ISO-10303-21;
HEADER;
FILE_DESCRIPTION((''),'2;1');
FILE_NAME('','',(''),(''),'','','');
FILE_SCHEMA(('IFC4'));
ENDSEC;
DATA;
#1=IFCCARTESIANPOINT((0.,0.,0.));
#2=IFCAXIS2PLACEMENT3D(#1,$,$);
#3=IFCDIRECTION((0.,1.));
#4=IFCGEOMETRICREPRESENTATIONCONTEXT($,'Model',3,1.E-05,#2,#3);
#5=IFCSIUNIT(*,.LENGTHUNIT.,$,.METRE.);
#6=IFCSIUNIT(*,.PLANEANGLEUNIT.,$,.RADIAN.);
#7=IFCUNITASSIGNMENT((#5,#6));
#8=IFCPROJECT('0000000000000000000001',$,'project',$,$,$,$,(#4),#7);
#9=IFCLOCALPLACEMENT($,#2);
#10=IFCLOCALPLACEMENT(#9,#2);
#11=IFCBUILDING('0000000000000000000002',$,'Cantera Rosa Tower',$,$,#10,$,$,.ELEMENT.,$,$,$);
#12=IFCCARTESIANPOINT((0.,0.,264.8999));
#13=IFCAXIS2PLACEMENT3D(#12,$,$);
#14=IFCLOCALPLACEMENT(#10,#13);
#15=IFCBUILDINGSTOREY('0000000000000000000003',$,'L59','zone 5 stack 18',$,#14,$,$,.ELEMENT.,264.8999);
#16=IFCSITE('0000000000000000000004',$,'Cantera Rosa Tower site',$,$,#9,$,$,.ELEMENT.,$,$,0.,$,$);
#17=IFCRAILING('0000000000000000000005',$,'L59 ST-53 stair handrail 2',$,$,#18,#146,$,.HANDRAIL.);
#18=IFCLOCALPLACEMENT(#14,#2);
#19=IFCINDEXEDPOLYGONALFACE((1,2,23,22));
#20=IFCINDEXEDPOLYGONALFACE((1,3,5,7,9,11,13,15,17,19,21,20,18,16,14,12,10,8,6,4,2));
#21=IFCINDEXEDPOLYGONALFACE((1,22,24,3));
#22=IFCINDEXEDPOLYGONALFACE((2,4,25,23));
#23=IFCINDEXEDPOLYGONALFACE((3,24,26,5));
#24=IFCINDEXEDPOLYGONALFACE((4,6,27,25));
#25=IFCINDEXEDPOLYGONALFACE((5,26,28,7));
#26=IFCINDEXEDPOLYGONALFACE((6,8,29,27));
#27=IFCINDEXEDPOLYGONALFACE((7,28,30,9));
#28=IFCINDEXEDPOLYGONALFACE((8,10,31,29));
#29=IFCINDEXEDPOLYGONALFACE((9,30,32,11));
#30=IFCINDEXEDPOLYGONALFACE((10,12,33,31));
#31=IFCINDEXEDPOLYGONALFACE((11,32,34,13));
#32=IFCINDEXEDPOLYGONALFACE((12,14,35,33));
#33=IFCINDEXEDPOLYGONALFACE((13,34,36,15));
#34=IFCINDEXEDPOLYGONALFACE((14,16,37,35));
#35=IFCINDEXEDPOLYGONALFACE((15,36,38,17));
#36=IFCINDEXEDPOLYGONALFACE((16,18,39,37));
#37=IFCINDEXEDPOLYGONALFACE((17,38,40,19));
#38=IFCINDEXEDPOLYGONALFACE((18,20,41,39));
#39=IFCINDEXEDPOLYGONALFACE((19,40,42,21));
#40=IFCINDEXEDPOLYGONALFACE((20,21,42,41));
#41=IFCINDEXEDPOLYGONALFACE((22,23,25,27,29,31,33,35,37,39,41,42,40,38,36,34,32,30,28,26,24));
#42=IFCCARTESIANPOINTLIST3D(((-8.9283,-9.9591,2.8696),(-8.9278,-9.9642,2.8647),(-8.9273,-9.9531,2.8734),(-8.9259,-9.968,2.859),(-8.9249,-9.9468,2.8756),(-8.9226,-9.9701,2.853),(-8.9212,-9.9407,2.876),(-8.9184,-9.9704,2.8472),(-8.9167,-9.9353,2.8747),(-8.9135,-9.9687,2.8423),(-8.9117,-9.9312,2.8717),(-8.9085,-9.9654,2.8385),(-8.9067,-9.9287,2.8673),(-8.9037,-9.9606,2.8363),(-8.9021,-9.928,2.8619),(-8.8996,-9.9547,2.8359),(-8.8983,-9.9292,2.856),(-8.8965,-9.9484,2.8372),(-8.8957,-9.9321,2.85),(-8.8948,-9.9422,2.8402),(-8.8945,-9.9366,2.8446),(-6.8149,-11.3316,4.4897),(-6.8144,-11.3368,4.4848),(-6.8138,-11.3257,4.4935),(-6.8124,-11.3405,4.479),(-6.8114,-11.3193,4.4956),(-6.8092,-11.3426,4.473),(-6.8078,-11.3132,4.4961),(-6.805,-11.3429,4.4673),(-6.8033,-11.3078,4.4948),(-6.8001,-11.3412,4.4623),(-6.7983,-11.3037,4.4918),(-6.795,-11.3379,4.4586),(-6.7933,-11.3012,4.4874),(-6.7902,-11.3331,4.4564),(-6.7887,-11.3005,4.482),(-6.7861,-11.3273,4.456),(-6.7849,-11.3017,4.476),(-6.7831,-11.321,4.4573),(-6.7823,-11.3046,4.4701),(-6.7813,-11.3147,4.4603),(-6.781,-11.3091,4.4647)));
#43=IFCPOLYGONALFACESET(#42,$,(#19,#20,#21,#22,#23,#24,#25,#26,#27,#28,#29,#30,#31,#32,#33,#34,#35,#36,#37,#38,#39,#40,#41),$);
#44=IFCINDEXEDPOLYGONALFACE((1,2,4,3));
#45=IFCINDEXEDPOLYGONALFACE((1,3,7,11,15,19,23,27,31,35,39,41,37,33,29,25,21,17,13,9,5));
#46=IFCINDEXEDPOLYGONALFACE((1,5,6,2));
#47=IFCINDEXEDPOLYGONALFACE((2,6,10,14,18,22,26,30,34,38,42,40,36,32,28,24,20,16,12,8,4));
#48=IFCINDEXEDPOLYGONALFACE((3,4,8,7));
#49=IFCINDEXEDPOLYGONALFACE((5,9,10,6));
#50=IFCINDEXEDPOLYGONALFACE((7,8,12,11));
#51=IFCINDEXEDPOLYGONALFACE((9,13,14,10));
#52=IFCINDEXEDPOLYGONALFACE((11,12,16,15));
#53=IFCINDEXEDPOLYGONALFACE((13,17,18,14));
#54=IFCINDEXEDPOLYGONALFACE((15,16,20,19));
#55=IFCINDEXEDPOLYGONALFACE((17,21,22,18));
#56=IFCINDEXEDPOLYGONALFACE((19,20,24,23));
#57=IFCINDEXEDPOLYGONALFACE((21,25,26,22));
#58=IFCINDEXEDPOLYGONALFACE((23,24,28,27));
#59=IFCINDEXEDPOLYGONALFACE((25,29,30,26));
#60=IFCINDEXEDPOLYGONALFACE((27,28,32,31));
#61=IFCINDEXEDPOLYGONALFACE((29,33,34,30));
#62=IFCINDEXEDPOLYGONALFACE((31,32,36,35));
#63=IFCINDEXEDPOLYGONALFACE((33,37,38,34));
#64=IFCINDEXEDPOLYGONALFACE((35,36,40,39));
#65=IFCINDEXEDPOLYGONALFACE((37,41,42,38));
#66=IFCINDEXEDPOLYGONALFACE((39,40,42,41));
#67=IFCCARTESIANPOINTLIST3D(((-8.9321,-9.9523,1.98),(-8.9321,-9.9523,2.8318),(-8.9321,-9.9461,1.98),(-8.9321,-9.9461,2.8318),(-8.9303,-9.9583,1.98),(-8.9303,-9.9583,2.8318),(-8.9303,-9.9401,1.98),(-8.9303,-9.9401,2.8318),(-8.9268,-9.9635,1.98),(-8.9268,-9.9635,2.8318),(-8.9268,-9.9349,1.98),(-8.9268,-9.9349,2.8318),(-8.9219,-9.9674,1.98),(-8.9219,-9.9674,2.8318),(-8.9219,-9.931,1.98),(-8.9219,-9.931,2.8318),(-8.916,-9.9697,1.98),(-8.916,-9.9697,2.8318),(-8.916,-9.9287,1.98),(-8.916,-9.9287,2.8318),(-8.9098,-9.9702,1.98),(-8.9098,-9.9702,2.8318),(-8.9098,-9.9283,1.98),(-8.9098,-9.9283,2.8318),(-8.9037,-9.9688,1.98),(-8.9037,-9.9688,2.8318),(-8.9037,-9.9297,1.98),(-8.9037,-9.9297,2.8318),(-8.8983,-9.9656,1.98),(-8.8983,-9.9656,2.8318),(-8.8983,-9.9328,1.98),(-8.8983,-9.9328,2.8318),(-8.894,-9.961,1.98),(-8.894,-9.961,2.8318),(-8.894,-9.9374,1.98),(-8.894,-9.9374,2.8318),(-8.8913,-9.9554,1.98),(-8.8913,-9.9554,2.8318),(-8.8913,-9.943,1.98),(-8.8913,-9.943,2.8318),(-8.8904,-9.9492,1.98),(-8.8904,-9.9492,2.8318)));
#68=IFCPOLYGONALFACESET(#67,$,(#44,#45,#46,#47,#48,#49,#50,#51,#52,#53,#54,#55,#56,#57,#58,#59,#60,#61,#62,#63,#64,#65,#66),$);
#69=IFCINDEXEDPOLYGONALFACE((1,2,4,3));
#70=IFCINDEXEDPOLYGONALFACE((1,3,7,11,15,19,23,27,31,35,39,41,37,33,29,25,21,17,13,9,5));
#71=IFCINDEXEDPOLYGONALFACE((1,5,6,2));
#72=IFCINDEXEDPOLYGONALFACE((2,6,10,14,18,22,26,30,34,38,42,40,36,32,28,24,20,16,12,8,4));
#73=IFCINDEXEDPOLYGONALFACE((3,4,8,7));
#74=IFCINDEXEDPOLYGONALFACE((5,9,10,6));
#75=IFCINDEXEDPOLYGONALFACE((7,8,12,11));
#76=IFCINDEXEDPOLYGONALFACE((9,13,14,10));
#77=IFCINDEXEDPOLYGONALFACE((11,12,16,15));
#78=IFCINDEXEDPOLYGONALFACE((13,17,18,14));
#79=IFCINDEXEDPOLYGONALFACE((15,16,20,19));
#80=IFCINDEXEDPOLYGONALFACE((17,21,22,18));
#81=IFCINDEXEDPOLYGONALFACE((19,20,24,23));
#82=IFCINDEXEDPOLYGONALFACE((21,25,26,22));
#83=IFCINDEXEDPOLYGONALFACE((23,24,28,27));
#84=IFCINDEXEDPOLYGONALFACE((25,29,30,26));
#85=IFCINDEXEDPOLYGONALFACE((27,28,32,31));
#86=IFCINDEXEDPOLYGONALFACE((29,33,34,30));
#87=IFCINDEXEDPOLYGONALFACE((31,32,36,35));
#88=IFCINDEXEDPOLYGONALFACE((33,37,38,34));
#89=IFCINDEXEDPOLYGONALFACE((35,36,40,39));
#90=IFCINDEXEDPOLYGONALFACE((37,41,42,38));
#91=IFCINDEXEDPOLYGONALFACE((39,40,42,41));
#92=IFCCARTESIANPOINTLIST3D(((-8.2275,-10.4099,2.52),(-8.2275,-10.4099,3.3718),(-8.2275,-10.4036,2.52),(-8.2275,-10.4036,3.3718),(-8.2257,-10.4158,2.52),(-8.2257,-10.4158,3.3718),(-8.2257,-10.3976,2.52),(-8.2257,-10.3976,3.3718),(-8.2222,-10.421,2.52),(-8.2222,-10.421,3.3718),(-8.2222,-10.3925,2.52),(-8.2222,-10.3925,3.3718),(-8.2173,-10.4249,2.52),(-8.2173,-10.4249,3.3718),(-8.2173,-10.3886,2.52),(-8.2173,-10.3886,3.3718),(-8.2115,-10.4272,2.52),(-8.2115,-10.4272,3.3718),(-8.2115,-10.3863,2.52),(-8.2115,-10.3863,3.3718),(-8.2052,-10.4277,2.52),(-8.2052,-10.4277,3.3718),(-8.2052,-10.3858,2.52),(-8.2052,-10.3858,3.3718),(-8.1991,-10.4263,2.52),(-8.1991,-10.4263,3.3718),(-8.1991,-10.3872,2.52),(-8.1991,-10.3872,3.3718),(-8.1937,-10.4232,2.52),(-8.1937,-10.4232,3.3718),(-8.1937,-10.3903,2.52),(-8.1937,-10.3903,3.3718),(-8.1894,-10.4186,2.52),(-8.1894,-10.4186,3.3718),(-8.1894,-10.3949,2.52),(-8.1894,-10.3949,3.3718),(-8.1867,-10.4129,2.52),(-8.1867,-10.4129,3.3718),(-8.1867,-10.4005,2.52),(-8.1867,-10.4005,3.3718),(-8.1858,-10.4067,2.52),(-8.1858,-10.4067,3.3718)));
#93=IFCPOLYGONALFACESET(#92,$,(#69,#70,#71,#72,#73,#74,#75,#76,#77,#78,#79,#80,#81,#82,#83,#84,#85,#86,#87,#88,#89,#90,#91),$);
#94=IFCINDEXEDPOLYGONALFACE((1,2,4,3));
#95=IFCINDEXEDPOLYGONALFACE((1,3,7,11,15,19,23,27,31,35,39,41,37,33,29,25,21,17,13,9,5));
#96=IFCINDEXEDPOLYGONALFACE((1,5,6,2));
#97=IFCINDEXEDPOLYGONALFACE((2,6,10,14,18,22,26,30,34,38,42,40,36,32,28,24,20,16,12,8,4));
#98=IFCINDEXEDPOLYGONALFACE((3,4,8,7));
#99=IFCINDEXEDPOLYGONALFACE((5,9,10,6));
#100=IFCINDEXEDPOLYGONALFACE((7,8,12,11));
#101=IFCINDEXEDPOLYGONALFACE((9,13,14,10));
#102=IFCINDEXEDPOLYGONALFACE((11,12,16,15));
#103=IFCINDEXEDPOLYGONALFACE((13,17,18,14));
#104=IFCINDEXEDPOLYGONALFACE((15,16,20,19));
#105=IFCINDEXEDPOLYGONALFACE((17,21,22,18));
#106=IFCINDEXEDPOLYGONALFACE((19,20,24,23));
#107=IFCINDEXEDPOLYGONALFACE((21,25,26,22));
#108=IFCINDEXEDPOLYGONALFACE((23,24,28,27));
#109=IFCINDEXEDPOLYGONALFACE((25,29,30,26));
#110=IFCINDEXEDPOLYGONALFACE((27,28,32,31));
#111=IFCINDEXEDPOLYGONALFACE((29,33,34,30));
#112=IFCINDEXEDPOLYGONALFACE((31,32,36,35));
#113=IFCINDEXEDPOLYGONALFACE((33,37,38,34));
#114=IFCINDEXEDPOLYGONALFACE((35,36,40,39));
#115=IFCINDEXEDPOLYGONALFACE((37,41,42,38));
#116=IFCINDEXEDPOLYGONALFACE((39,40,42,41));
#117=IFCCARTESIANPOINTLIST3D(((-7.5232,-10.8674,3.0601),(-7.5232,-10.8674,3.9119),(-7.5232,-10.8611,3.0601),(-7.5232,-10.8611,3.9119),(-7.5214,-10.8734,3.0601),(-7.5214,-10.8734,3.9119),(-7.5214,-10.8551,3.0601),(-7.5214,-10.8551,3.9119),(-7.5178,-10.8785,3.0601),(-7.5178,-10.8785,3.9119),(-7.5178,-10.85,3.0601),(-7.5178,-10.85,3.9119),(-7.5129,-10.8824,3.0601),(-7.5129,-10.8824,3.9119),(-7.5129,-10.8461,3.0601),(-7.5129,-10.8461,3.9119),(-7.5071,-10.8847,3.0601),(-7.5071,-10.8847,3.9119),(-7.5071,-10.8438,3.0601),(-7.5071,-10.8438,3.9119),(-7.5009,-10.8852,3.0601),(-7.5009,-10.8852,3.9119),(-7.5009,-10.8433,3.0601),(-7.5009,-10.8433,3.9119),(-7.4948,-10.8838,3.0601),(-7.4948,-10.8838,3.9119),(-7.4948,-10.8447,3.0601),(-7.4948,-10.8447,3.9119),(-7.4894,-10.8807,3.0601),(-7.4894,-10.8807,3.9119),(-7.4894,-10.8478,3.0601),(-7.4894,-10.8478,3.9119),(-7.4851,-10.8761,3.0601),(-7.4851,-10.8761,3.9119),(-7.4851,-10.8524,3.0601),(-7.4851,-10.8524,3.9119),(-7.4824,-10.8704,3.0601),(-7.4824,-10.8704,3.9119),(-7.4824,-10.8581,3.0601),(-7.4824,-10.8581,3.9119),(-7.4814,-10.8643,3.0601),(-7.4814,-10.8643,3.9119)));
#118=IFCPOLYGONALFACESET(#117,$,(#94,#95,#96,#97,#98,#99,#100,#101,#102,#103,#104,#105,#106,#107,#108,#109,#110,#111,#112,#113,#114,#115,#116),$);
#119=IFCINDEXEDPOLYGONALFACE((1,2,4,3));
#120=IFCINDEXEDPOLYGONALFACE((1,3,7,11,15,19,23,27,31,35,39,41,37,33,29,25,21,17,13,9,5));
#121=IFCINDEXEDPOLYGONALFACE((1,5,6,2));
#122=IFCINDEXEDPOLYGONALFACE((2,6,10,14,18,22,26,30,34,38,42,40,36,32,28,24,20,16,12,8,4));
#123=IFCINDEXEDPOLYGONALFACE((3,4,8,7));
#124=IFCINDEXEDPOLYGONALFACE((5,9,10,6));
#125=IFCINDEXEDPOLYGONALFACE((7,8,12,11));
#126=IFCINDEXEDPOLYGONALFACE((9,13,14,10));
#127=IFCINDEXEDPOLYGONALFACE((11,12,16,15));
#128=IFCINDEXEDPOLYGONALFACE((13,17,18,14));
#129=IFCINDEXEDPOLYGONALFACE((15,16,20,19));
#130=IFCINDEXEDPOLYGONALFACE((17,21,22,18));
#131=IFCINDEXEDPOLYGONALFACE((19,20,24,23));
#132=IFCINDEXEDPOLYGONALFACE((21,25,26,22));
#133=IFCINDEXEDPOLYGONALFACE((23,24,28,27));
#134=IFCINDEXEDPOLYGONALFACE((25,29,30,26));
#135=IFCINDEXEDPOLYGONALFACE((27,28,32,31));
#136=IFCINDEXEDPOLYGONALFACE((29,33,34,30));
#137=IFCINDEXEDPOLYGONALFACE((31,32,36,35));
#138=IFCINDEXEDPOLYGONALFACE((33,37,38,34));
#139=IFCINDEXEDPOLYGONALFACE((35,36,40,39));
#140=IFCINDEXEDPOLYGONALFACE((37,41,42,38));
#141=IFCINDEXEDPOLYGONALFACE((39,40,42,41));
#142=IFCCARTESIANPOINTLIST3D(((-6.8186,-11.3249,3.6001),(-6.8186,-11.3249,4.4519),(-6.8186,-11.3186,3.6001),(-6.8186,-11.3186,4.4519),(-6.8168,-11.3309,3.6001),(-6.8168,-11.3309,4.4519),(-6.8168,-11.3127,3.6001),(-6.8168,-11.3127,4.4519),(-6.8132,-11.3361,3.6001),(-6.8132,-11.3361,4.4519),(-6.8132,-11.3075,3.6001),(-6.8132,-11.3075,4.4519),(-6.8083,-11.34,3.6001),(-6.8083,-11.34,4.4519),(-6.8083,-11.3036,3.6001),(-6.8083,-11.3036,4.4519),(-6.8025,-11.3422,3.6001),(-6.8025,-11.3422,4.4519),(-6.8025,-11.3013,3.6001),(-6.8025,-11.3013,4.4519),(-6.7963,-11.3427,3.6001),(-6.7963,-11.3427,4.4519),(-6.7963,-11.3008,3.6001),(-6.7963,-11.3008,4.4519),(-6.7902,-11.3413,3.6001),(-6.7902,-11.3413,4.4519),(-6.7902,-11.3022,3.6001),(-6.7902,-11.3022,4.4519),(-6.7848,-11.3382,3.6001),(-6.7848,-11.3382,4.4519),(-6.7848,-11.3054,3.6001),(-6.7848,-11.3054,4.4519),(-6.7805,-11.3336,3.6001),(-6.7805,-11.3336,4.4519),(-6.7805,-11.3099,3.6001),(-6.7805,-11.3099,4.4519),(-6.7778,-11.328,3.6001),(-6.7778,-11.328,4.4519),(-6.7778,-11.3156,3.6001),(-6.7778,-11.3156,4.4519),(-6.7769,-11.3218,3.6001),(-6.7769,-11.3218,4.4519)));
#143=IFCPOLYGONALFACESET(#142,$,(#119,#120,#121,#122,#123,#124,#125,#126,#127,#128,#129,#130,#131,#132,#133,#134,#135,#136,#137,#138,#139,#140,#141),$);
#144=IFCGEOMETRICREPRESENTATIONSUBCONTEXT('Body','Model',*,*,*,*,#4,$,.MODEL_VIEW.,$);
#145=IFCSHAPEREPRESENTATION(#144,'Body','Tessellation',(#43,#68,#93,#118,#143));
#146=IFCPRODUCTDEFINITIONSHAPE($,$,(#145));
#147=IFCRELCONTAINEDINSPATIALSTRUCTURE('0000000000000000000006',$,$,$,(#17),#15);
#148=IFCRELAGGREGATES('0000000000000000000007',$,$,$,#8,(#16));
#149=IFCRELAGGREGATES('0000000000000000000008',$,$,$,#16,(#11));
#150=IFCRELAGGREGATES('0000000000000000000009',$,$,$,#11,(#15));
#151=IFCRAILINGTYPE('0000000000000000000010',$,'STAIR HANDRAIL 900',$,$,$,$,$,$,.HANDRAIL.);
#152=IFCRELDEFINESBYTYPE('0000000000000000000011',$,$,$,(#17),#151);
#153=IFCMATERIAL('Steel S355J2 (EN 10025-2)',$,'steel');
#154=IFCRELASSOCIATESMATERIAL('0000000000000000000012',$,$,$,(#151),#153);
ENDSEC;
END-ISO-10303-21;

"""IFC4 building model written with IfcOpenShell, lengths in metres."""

from ifc_helpers import new_model, si_unit, direction, frame, origin, origin_2d, place, context, subcontext, project, spatial, circle, extrude, material, type_object, element, save


model = new_model("IFC4")

# Units and contexts
model_context = context("Model", 3, precision=1e-05, world=origin(), true_north=direction((0.0, 1.0)))
body_context = subcontext(model_context, "Body", "Model", "MODEL_VIEW")
ifc_project = project(units=[si_unit("LENGTHUNIT", "METRE"), si_unit("PLANEANGLEUNIT", "RADIAN")], contexts=[model_context])

# Site, building, storey
site_placement = place(None, origin())
site = spatial("IfcSite", under=ifc_project, at=site_placement, Name="Cantera Rosa Tower site", CompositionType="ELEMENT", RefElevation=0.0)
building_placement = place(site_placement, origin())
building = spatial("IfcBuilding", under=site, at=building_placement, Name="Cantera Rosa Tower", CompositionType="ELEMENT")
storey_placement = place(building_placement, frame((0.0, 0.0, 264.8999)))
storey = spatial("IfcBuildingStorey", under=building, at=storey_placement, Name="L59", Description="zone 5 stack 18", CompositionType="ELEMENT", Elevation=264.8999)

# Railing
ifc_material_1 = material(Name="Steel S355J2 (EN 10025-2)", Category="steel")
railing_type_1 = type_object("IfcRailingType", Name="STAIR HANDRAIL 900", PredefinedType="HANDRAIL", material=ifc_material_1)
railing_1_placement = place(storey_placement, frame((-8.9114, -9.9492, 1.98)))
element("IfcRailing", 1, at=railing_1_placement, inside=storey, type_object=railing_type_1, Name="L59 ST-53 stair handrail 2", PredefinedType="HANDRAIL", context=body_context, shape_type="SweptSolid", body=[
    extrude(circle(Radius=0.0239, at=origin_2d()), frame((0.0, 0.0, 0.876), z_axis=(0.705462, -0.458139, 0.54077), x_axis=(0.544644, 0.838667, 0.0)), (0.0, 0.0, 1.0), 2.9958),
    extrude(circle(Radius=0.021, at=origin_2d()), origin(), (0.0, 0.0, 1.0), 0.8518),
    extrude(circle(Radius=0.021, at=origin_2d()), frame((0.7046, -0.4575, 0.54)), (0.0, 0.0, 1.0), 0.8518),
    extrude(circle(Radius=0.021, at=origin_2d()), frame((1.4089, -0.915, 1.0801)), (0.0, 0.0, 1.0), 0.8518),
    extrude(circle(Radius=0.021, at=origin_2d()), frame((2.1135, -1.3726, 1.6201)), (0.0, 0.0, 1.0), 0.8518),
])

save(model, "model.ifc")
